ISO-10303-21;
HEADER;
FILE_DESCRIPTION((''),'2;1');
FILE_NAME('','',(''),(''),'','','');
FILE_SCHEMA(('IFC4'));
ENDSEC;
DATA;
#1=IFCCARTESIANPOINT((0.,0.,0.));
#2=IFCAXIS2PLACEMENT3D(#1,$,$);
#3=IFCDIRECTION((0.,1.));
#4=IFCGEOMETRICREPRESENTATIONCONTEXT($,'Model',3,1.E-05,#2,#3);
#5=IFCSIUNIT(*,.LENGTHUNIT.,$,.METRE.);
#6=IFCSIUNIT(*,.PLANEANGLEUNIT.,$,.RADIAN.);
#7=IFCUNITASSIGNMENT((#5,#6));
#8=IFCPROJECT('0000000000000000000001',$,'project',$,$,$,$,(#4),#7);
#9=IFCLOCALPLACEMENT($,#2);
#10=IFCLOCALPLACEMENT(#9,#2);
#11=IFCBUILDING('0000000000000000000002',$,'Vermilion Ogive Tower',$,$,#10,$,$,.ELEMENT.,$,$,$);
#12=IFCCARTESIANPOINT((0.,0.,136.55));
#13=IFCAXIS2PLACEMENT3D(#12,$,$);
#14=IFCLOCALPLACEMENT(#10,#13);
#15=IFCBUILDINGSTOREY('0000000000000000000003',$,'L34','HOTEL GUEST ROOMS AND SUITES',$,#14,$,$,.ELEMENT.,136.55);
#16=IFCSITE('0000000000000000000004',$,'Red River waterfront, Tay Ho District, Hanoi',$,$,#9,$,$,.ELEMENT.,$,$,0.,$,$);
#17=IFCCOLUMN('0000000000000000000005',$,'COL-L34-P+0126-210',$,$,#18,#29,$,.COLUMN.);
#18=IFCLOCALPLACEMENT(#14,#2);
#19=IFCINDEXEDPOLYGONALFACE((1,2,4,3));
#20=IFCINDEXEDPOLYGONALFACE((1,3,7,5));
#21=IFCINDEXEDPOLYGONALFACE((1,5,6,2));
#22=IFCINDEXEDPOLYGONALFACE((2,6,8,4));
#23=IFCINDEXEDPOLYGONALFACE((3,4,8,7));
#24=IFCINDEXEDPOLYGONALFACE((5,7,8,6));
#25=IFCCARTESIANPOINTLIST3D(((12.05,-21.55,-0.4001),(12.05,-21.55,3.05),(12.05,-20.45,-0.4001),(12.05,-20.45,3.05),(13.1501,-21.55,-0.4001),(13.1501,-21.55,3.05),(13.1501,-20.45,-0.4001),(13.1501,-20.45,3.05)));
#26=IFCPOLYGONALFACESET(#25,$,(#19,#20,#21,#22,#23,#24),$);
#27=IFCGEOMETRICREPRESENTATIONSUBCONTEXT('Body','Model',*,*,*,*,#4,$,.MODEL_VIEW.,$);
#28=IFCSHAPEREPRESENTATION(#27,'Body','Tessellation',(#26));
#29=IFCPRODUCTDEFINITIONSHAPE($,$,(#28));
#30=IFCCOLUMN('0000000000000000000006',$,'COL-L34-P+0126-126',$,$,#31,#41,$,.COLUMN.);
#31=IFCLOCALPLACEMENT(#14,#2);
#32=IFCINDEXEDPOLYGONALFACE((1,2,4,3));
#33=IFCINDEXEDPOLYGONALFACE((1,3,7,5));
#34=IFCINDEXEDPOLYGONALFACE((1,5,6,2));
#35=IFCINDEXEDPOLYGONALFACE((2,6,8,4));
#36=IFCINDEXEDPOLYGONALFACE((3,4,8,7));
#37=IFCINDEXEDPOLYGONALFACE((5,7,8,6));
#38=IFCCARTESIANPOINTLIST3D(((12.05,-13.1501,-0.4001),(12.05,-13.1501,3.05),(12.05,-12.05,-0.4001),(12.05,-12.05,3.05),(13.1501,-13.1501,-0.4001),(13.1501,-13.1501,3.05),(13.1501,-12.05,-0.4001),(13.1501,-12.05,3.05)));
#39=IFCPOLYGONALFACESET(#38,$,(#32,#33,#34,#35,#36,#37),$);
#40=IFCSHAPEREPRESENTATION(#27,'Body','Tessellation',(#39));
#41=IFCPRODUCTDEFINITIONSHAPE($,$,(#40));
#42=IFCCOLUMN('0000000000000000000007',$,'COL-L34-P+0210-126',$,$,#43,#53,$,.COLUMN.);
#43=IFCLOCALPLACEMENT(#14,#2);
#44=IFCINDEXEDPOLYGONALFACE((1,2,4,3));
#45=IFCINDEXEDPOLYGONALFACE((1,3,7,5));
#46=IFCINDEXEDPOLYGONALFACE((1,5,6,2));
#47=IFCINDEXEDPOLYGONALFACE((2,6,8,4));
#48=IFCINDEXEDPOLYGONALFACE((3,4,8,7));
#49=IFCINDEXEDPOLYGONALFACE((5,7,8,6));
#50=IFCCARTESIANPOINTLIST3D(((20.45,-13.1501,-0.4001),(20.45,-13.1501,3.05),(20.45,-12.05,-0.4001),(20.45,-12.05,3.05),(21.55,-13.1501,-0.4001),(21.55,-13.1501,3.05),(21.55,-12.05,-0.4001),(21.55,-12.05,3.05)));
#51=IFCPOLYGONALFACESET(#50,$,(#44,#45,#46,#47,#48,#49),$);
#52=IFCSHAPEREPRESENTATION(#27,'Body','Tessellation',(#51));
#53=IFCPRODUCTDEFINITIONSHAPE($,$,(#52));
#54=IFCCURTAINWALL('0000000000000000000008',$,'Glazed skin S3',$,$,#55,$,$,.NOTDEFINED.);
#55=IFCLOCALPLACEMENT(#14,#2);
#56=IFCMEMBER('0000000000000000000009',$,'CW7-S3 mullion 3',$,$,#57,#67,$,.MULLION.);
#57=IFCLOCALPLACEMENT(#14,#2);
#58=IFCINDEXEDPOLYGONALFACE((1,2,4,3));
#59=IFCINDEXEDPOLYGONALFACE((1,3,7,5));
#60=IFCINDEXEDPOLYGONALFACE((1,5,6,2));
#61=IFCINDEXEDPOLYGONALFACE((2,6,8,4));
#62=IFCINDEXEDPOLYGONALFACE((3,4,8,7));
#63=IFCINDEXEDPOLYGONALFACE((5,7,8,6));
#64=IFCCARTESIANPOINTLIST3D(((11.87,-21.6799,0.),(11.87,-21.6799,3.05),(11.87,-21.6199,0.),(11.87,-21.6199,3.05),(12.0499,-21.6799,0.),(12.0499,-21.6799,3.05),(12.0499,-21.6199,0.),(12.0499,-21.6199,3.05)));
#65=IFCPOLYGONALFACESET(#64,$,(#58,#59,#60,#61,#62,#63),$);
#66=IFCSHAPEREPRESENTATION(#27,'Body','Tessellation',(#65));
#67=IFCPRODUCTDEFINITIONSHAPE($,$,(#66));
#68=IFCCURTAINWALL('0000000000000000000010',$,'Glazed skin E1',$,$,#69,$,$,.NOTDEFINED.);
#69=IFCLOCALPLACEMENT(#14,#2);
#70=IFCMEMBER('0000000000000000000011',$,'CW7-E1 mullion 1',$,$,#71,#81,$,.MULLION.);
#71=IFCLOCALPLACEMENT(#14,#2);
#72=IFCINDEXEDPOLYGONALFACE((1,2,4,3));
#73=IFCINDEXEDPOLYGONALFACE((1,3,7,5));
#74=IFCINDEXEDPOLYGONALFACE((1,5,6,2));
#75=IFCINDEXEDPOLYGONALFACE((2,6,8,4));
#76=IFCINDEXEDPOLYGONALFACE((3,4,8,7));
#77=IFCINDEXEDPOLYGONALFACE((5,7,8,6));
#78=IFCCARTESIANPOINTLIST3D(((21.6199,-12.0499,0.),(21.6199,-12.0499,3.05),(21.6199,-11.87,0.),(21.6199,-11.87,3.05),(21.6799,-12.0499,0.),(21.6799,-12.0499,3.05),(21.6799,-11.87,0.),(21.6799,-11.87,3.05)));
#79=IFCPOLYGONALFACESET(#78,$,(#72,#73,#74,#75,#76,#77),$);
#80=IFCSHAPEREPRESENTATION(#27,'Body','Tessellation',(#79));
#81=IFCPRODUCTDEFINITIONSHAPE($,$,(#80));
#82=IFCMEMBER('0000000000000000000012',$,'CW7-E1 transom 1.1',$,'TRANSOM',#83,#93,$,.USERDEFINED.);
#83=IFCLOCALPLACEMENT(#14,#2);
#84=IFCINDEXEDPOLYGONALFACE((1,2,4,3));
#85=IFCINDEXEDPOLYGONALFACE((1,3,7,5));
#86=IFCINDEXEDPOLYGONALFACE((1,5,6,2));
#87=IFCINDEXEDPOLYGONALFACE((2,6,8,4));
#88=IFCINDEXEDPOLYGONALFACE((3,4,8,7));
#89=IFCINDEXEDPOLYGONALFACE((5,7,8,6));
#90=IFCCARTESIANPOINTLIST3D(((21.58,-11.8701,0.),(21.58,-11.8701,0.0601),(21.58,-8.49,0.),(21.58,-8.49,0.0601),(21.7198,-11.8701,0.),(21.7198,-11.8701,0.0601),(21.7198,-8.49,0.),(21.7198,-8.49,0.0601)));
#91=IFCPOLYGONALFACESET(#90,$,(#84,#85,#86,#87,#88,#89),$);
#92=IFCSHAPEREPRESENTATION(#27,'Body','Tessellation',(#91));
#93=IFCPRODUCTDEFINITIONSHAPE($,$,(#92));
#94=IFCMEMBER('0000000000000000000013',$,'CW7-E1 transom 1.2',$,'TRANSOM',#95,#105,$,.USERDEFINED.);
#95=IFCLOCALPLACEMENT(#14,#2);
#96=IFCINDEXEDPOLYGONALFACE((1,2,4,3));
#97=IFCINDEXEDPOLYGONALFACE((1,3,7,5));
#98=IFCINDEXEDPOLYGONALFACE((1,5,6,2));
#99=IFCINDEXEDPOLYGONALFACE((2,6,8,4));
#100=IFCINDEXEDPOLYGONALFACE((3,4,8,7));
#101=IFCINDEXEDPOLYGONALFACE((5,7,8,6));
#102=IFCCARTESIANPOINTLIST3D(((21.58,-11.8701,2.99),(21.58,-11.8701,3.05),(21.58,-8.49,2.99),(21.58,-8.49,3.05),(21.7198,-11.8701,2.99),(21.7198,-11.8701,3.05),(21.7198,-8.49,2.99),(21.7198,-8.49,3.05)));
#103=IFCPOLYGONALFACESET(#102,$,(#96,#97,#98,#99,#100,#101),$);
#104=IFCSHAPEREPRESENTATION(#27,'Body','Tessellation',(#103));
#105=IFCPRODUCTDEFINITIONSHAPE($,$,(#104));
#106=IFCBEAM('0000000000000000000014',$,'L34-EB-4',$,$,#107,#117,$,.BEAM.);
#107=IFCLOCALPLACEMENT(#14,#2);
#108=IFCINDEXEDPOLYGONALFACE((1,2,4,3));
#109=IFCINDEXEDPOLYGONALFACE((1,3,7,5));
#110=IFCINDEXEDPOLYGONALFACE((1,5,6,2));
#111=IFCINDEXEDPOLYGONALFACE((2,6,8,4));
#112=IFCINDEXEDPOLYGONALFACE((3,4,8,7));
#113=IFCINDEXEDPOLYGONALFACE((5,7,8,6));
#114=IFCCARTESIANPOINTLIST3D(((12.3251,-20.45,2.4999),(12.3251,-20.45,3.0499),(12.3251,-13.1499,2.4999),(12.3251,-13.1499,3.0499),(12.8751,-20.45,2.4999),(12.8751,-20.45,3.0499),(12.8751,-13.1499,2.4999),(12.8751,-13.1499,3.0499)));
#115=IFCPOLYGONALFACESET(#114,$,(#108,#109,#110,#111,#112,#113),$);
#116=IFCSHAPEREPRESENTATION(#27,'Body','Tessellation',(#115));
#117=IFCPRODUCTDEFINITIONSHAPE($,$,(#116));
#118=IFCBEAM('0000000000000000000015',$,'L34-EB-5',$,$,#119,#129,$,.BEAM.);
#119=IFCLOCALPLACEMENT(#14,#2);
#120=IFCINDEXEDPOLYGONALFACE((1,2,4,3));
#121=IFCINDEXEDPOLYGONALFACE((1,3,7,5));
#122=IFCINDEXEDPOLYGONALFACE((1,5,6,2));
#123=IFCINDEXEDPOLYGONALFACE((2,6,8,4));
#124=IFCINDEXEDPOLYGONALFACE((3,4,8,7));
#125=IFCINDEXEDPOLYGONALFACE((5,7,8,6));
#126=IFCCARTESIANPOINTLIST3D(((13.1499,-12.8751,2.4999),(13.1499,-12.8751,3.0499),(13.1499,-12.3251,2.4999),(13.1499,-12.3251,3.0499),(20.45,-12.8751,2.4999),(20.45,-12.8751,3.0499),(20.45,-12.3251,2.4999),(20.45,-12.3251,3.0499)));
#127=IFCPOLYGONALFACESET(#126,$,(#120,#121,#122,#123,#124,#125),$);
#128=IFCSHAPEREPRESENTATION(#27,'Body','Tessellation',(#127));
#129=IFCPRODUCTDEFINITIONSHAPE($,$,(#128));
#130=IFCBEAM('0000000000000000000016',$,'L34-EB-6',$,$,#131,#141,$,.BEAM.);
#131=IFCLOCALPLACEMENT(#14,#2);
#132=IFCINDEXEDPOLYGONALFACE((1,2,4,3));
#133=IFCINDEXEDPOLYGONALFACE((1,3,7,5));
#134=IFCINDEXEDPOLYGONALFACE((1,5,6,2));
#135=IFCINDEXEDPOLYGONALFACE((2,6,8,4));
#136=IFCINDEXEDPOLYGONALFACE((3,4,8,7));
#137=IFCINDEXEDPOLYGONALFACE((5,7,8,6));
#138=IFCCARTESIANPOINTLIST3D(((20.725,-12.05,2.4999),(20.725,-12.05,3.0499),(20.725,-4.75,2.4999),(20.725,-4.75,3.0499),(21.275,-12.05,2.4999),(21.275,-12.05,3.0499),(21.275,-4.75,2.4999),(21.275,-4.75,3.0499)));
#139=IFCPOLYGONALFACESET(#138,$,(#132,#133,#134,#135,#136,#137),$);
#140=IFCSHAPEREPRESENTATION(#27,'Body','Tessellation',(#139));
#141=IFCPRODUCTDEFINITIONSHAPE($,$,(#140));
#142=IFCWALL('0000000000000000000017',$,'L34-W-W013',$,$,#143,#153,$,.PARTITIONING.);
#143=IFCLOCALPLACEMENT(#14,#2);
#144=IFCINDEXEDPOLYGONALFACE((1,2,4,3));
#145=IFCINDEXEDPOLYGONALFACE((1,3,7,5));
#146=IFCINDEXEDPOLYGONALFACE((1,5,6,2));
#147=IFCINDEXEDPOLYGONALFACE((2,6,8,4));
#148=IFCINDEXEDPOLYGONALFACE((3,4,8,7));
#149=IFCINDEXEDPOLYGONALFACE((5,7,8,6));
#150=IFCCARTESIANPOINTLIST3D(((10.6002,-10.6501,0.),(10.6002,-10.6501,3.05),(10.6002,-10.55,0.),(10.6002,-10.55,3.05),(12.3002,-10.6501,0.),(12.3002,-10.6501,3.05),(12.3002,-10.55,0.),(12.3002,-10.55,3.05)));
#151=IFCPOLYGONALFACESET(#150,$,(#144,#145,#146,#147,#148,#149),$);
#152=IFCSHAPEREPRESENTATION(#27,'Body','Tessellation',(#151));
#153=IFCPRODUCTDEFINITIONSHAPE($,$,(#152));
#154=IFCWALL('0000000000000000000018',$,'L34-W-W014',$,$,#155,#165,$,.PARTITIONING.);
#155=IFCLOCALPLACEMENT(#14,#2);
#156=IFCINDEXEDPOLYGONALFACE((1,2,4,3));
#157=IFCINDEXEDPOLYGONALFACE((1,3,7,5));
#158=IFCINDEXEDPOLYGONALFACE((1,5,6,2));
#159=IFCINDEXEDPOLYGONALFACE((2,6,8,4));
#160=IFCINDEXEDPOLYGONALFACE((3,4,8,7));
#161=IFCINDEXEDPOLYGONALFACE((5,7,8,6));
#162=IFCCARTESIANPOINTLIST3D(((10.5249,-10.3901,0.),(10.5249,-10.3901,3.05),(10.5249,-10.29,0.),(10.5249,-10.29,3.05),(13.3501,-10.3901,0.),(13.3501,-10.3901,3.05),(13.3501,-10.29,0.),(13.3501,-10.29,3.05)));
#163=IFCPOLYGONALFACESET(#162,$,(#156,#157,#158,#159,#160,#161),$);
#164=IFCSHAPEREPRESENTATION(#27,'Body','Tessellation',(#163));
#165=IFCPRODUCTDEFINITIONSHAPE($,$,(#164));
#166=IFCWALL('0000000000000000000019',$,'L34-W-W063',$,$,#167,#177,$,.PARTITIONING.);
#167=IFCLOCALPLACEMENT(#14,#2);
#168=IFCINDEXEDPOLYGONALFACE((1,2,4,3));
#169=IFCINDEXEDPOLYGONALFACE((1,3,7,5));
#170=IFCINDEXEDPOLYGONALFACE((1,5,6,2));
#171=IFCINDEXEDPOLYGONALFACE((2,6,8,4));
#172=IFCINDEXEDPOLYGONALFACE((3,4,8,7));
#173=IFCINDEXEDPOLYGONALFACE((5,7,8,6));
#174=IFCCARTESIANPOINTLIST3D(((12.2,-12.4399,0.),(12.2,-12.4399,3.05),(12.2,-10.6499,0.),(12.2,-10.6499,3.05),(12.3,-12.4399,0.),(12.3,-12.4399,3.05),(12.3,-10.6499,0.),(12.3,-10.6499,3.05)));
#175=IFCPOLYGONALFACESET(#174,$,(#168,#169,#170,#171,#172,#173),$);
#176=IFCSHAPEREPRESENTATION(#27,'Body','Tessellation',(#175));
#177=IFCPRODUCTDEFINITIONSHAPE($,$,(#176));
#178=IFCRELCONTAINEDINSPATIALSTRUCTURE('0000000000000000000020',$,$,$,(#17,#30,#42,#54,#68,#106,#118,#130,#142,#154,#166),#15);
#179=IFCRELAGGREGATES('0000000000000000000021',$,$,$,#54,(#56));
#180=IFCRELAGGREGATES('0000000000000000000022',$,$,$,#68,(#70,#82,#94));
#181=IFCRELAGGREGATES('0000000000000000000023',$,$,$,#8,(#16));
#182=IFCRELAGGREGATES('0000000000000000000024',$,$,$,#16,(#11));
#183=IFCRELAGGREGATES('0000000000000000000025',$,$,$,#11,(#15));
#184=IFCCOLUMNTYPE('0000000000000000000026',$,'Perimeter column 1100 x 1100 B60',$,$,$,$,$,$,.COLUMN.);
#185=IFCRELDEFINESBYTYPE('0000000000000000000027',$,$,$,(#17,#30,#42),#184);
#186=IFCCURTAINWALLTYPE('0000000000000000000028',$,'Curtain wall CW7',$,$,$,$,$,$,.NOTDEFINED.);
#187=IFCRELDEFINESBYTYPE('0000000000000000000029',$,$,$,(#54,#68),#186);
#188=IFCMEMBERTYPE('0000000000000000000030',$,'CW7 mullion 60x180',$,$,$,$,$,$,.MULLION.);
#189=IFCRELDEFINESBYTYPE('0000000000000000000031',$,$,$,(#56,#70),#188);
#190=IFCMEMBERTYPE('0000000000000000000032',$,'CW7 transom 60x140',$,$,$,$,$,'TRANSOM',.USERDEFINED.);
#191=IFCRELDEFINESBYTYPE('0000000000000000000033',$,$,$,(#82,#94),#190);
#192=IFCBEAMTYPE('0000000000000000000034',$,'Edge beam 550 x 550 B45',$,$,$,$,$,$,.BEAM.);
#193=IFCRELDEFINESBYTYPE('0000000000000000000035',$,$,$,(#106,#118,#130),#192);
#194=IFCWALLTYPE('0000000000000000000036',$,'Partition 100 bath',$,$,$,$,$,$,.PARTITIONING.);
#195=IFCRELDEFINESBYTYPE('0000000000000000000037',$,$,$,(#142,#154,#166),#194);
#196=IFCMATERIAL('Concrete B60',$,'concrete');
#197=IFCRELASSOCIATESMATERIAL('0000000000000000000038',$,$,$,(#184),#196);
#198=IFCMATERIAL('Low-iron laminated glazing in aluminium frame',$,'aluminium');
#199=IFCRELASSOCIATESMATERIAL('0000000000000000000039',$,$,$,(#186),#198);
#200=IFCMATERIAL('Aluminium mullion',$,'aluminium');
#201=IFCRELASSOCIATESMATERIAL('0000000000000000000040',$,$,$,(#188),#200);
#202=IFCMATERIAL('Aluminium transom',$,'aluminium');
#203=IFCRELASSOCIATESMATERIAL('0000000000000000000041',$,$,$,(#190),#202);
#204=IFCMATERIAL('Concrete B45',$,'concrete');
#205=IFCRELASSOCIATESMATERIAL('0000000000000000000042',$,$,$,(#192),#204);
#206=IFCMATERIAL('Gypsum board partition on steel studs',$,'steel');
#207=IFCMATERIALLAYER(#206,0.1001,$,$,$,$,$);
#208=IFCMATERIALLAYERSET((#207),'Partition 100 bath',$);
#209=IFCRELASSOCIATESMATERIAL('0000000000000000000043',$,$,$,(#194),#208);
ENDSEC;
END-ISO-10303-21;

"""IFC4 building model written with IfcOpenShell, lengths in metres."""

from ifc_helpers import new_model, si_unit, direction, frame, frame_2d, origin, origin_2d, place, context, subcontext, project, spatial, rectangle, extrude, material, layer, layer_set, material_profile, profile_set, type_object, element, aggregate, save


model = new_model("IFC4")

# Units and contexts
model_context = context("Model", 3, precision=1e-05, world=origin(), true_north=direction((0.0, 1.0)))
body_context = subcontext(model_context, "Body", "Model", "MODEL_VIEW")
ifc_project = project(units=[si_unit("LENGTHUNIT", "METRE"), si_unit("PLANEANGLEUNIT", "RADIAN")], contexts=[model_context])

# Site, building, storey
site_placement = place(None, origin())
site = spatial("IfcSite", under=ifc_project, at=site_placement, Name="Red River waterfront, Tay Ho District, Hanoi", CompositionType="ELEMENT", RefElevation=0.0)
building_placement = place(site_placement, origin())
building = spatial("IfcBuilding", under=site, at=building_placement, Name="Vermilion Ogive Tower", CompositionType="ELEMENT")
storey_placement = place(building_placement, frame((0.0, 0.0, 136.55)))
storey = spatial("IfcBuildingStorey", under=building, at=storey_placement, Name="L34", Description="HOTEL GUEST ROOMS AND SUITES", CompositionType="ELEMENT", Elevation=136.55)

# Columns
ifc_material_1 = material(Name="Concrete B60", Category="concrete")
ifc_material_profile_1 = material_profile(ifc_material_1, rectangle(XDim=1.1001, YDim=1.1001, at=origin_2d()), Name="1100 x 1100")
ifc_profile_set_1 = profile_set([ifc_material_profile_1], Name="Concrete B60")
column_type = type_object("IfcColumnType", Name="Perimeter column 1100 x 1100 B60", PredefinedType="COLUMN", material=ifc_profile_set_1)
for number, where, z_axis, x_axis, name in (
    (1, (12.6001, -21.0, -0.4001), (0.0, 0.0, 1.0), (1.0, 0.0, 0.0), "COL-L34-P+0126-210"),
    (2, (12.6001, -12.6001, -0.4001), (0.0, 0.0, 1.0), (1.0, 0.0, 0.0), "COL-L34-P+0126-126"),
    (3, (21.0, -12.6001, -0.4001), (0.0, 0.0, 1.0), (1.0, 0.0, 0.0), "COL-L34-P+0210-126"),
):
    element("IfcColumn", number, at=place(storey_placement, frame(where, z_axis=z_axis, x_axis=x_axis)), inside=storey, type_object=column_type, Name=name, PredefinedType="COLUMN", context=body_context, shape_type="SweptSolid", body=[
        extrude(rectangle(XDim=1.1001, YDim=1.1001, at=origin_2d()), origin(), (0.0, 0.0, 1.0), 3.4502),
    ])

# Curtain wall, member
ifc_material_2 = material(Name="Low-iron laminated glazing in aluminium frame", Category="aluminium")
curtain_wall_type = type_object("IfcCurtainWallType", Name="Curtain wall CW7", PredefinedType="NOTDEFINED", material=ifc_material_2)
curtain_wall_1_placement = place(storey_placement, origin())
curtain_wall_1 = element("IfcCurtainWall", 4, at=curtain_wall_1_placement, inside=storey, type_object=curtain_wall_type, Name="Glazed skin S3", PredefinedType="NOTDEFINED")
ifc_material_3 = material(Name="Aluminium mullion", Category="aluminium")
ifc_material_profile_2 = material_profile(ifc_material_3, rectangle(XDim=0.0601, YDim=0.1799, at=origin_2d()), Name="AL 60x180")
ifc_profile_set_2 = profile_set([ifc_material_profile_2], Name="Aluminium mullion")
member_type_1 = type_object("IfcMemberType", Name="CW7 mullion 60x180", PredefinedType="MULLION", material=ifc_profile_set_2)
member_1_placement = place(storey_placement, frame((11.96, -21.6499, 0.0), z_axis=(0.0, 0.0, 1.0), x_axis=(0.0, 1.0, 0.0)))
member_1 = element("IfcMember", 5, at=member_1_placement, type_object=member_type_1, Name="CW7-S3 mullion 3", PredefinedType="MULLION", context=body_context, shape_type="SweptSolid", body=[
    extrude(rectangle(XDim=0.0601, YDim=0.1799, at=origin_2d()), origin(), (0.0, 0.0, 1.0), 3.05),
])
aggregate(curtain_wall_1, [member_1])

# Curtain wall, members
curtain_wall_2_placement = place(storey_placement, origin())
curtain_wall_2 = element("IfcCurtainWall", 6, at=curtain_wall_2_placement, inside=storey, type_object=curtain_wall_type, Name="Glazed skin E1", PredefinedType="NOTDEFINED")
member_2_placement = place(storey_placement, frame((21.6499, -11.96, 0.0), z_axis=(0.0, 0.0, 1.0), x_axis=(-1.0, 0.0, 0.0)))
member_2 = element("IfcMember", 7, at=member_2_placement, type_object=member_type_1, Name="CW7-E1 mullion 1", PredefinedType="MULLION", context=body_context, shape_type="SweptSolid", body=[
    extrude(rectangle(XDim=0.0601, YDim=0.1799, at=origin_2d()), origin(), (0.0, 0.0, 1.0), 3.05),
])
ifc_material_4 = material(Name="Aluminium transom", Category="aluminium")
ifc_material_profile_3 = material_profile(ifc_material_4, rectangle(XDim=0.1399, YDim=0.0601, at=origin_2d()), Name="AL 60x140")
ifc_profile_set_3 = profile_set([ifc_material_profile_3], Name="Aluminium transom")
member_type_2 = type_object("IfcMemberType", Name="CW7 transom 60x140", ElementType="TRANSOM", PredefinedType="USERDEFINED", material=ifc_profile_set_3)
member_3_placement = place(storey_placement, frame((21.6499, -11.8701, 0.03), z_axis=(0.0, 1.0, 0.0), x_axis=(-1.0, 0.0, 0.0)))
member_3 = element("IfcMember", 8, at=member_3_placement, type_object=member_type_2, Name="CW7-E1 transom 1.1", ObjectType="TRANSOM", PredefinedType="USERDEFINED", context=body_context, shape_type="SweptSolid", body=[
    extrude(rectangle(XDim=0.1399, YDim=0.0601, at=origin_2d()), origin(), (0.0, 0.0, 1.0), 3.3801),
])
member_4_placement = place(storey_placement, frame((21.6499, -11.8701, 3.02), z_axis=(0.0, 1.0, 0.0), x_axis=(-1.0, 0.0, 0.0)))
member_4 = element("IfcMember", 9, at=member_4_placement, type_object=member_type_2, Name="CW7-E1 transom 1.2", ObjectType="TRANSOM", PredefinedType="USERDEFINED", context=body_context, shape_type="SweptSolid", body=[
    extrude(rectangle(XDim=0.1399, YDim=0.0601, at=origin_2d()), origin(), (0.0, 0.0, 1.0), 3.3801),
])
aggregate(curtain_wall_2, [member_2, member_3, member_4])

# Beams
ifc_material_5 = material(Name="Concrete B45", Category="concrete")
ifc_material_profile_4 = material_profile(ifc_material_5, rectangle(XDim=0.55, YDim=0.55, at=origin_2d()), Name="550 x 550")
ifc_profile_set_4 = profile_set([ifc_material_profile_4], Name="Concrete B45")
beam_type = type_object("IfcBeamType", Name="Edge beam 550 x 550 B45", PredefinedType="BEAM", material=ifc_profile_set_4)
for number, where, z_axis, x_axis, name in (
    (10, (12.6001, -20.45, 2.7749), (0.0, 1.0, 0.0), (-1.0, 0.0, 0.0), "L34-EB-4"),
    (11, (13.1499, -12.6001, 2.7749), (1.0, 0.0, 0.0), (0.0, 1.0, 0.0), "L34-EB-5"),
    (12, (21.0, -12.05, 2.7749), (0.0, 1.0, 0.0), (-1.0, 0.0, 0.0), "L34-EB-6"),
):
    element("IfcBeam", number, at=place(storey_placement, frame(where, z_axis=z_axis, x_axis=x_axis)), inside=storey, type_object=beam_type, Name=name, PredefinedType="BEAM", context=body_context, shape_type="SweptSolid", body=[
        extrude(rectangle(XDim=0.55, YDim=0.55, at=origin_2d()), origin(), (0.0, 0.0, 1.0), 7.3),
    ])

# Walls
ifc_material_6 = material(Name="Gypsum board partition on steel studs", Category="steel")
ifc_layer_1 = layer(ifc_material_6, 0.1001)
ifc_layer_set_1 = layer_set([ifc_layer_1], Name="Partition 100 bath")
wall_type_1 = type_object("IfcWallType", Name="Partition 100 bath", PredefinedType="PARTITIONING", material=ifc_layer_set_1)
wall_1_placement = place(storey_placement, frame((10.6001, -10.6001, 0.0), z_axis=(0.0, 0.0, 1.0), x_axis=(1.0, 0.0, 0.0)))
element("IfcWall", 13, at=wall_1_placement, inside=storey, type_object=wall_type_1, Name="L34-W-W013", PredefinedType="PARTITIONING", context=body_context, shape_type="SweptSolid", body=[
    extrude(rectangle(XDim=1.7, YDim=0.1001, at=frame_2d((0.8501, 0.0))), origin(), (0.0, 0.0, 1.0), 3.05),
])
wall_2_placement = place(storey_placement, frame((10.5249, -10.3401, 0.0), z_axis=(0.0, 0.0, 1.0), x_axis=(1.0, 0.0, 0.0)))
element("IfcWall", 14, at=wall_2_placement, inside=storey, type_object=wall_type_1, Name="L34-W-W014", PredefinedType="PARTITIONING", context=body_context, shape_type="SweptSolid", body=[
    extrude(rectangle(XDim=2.8252, YDim=0.1001, at=frame_2d((1.4126, 0.0))), origin(), (0.0, 0.0, 1.0), 3.05),
])
wall_3_placement = place(storey_placement, frame((12.25, -12.4399, 0.0), z_axis=(0.0, 0.0, 1.0), x_axis=(0.0, 1.0, 0.0)))
element("IfcWall", 15, at=wall_3_placement, inside=storey, type_object=wall_type_1, Name="L34-W-W063", PredefinedType="PARTITIONING", context=body_context, shape_type="SweptSolid", body=[
    extrude(rectangle(XDim=1.79, YDim=0.1001, at=frame_2d((0.895, 0.0))), origin(), (0.0, 0.0, 1.0), 3.05),
])

save(model, "model.ifc")
